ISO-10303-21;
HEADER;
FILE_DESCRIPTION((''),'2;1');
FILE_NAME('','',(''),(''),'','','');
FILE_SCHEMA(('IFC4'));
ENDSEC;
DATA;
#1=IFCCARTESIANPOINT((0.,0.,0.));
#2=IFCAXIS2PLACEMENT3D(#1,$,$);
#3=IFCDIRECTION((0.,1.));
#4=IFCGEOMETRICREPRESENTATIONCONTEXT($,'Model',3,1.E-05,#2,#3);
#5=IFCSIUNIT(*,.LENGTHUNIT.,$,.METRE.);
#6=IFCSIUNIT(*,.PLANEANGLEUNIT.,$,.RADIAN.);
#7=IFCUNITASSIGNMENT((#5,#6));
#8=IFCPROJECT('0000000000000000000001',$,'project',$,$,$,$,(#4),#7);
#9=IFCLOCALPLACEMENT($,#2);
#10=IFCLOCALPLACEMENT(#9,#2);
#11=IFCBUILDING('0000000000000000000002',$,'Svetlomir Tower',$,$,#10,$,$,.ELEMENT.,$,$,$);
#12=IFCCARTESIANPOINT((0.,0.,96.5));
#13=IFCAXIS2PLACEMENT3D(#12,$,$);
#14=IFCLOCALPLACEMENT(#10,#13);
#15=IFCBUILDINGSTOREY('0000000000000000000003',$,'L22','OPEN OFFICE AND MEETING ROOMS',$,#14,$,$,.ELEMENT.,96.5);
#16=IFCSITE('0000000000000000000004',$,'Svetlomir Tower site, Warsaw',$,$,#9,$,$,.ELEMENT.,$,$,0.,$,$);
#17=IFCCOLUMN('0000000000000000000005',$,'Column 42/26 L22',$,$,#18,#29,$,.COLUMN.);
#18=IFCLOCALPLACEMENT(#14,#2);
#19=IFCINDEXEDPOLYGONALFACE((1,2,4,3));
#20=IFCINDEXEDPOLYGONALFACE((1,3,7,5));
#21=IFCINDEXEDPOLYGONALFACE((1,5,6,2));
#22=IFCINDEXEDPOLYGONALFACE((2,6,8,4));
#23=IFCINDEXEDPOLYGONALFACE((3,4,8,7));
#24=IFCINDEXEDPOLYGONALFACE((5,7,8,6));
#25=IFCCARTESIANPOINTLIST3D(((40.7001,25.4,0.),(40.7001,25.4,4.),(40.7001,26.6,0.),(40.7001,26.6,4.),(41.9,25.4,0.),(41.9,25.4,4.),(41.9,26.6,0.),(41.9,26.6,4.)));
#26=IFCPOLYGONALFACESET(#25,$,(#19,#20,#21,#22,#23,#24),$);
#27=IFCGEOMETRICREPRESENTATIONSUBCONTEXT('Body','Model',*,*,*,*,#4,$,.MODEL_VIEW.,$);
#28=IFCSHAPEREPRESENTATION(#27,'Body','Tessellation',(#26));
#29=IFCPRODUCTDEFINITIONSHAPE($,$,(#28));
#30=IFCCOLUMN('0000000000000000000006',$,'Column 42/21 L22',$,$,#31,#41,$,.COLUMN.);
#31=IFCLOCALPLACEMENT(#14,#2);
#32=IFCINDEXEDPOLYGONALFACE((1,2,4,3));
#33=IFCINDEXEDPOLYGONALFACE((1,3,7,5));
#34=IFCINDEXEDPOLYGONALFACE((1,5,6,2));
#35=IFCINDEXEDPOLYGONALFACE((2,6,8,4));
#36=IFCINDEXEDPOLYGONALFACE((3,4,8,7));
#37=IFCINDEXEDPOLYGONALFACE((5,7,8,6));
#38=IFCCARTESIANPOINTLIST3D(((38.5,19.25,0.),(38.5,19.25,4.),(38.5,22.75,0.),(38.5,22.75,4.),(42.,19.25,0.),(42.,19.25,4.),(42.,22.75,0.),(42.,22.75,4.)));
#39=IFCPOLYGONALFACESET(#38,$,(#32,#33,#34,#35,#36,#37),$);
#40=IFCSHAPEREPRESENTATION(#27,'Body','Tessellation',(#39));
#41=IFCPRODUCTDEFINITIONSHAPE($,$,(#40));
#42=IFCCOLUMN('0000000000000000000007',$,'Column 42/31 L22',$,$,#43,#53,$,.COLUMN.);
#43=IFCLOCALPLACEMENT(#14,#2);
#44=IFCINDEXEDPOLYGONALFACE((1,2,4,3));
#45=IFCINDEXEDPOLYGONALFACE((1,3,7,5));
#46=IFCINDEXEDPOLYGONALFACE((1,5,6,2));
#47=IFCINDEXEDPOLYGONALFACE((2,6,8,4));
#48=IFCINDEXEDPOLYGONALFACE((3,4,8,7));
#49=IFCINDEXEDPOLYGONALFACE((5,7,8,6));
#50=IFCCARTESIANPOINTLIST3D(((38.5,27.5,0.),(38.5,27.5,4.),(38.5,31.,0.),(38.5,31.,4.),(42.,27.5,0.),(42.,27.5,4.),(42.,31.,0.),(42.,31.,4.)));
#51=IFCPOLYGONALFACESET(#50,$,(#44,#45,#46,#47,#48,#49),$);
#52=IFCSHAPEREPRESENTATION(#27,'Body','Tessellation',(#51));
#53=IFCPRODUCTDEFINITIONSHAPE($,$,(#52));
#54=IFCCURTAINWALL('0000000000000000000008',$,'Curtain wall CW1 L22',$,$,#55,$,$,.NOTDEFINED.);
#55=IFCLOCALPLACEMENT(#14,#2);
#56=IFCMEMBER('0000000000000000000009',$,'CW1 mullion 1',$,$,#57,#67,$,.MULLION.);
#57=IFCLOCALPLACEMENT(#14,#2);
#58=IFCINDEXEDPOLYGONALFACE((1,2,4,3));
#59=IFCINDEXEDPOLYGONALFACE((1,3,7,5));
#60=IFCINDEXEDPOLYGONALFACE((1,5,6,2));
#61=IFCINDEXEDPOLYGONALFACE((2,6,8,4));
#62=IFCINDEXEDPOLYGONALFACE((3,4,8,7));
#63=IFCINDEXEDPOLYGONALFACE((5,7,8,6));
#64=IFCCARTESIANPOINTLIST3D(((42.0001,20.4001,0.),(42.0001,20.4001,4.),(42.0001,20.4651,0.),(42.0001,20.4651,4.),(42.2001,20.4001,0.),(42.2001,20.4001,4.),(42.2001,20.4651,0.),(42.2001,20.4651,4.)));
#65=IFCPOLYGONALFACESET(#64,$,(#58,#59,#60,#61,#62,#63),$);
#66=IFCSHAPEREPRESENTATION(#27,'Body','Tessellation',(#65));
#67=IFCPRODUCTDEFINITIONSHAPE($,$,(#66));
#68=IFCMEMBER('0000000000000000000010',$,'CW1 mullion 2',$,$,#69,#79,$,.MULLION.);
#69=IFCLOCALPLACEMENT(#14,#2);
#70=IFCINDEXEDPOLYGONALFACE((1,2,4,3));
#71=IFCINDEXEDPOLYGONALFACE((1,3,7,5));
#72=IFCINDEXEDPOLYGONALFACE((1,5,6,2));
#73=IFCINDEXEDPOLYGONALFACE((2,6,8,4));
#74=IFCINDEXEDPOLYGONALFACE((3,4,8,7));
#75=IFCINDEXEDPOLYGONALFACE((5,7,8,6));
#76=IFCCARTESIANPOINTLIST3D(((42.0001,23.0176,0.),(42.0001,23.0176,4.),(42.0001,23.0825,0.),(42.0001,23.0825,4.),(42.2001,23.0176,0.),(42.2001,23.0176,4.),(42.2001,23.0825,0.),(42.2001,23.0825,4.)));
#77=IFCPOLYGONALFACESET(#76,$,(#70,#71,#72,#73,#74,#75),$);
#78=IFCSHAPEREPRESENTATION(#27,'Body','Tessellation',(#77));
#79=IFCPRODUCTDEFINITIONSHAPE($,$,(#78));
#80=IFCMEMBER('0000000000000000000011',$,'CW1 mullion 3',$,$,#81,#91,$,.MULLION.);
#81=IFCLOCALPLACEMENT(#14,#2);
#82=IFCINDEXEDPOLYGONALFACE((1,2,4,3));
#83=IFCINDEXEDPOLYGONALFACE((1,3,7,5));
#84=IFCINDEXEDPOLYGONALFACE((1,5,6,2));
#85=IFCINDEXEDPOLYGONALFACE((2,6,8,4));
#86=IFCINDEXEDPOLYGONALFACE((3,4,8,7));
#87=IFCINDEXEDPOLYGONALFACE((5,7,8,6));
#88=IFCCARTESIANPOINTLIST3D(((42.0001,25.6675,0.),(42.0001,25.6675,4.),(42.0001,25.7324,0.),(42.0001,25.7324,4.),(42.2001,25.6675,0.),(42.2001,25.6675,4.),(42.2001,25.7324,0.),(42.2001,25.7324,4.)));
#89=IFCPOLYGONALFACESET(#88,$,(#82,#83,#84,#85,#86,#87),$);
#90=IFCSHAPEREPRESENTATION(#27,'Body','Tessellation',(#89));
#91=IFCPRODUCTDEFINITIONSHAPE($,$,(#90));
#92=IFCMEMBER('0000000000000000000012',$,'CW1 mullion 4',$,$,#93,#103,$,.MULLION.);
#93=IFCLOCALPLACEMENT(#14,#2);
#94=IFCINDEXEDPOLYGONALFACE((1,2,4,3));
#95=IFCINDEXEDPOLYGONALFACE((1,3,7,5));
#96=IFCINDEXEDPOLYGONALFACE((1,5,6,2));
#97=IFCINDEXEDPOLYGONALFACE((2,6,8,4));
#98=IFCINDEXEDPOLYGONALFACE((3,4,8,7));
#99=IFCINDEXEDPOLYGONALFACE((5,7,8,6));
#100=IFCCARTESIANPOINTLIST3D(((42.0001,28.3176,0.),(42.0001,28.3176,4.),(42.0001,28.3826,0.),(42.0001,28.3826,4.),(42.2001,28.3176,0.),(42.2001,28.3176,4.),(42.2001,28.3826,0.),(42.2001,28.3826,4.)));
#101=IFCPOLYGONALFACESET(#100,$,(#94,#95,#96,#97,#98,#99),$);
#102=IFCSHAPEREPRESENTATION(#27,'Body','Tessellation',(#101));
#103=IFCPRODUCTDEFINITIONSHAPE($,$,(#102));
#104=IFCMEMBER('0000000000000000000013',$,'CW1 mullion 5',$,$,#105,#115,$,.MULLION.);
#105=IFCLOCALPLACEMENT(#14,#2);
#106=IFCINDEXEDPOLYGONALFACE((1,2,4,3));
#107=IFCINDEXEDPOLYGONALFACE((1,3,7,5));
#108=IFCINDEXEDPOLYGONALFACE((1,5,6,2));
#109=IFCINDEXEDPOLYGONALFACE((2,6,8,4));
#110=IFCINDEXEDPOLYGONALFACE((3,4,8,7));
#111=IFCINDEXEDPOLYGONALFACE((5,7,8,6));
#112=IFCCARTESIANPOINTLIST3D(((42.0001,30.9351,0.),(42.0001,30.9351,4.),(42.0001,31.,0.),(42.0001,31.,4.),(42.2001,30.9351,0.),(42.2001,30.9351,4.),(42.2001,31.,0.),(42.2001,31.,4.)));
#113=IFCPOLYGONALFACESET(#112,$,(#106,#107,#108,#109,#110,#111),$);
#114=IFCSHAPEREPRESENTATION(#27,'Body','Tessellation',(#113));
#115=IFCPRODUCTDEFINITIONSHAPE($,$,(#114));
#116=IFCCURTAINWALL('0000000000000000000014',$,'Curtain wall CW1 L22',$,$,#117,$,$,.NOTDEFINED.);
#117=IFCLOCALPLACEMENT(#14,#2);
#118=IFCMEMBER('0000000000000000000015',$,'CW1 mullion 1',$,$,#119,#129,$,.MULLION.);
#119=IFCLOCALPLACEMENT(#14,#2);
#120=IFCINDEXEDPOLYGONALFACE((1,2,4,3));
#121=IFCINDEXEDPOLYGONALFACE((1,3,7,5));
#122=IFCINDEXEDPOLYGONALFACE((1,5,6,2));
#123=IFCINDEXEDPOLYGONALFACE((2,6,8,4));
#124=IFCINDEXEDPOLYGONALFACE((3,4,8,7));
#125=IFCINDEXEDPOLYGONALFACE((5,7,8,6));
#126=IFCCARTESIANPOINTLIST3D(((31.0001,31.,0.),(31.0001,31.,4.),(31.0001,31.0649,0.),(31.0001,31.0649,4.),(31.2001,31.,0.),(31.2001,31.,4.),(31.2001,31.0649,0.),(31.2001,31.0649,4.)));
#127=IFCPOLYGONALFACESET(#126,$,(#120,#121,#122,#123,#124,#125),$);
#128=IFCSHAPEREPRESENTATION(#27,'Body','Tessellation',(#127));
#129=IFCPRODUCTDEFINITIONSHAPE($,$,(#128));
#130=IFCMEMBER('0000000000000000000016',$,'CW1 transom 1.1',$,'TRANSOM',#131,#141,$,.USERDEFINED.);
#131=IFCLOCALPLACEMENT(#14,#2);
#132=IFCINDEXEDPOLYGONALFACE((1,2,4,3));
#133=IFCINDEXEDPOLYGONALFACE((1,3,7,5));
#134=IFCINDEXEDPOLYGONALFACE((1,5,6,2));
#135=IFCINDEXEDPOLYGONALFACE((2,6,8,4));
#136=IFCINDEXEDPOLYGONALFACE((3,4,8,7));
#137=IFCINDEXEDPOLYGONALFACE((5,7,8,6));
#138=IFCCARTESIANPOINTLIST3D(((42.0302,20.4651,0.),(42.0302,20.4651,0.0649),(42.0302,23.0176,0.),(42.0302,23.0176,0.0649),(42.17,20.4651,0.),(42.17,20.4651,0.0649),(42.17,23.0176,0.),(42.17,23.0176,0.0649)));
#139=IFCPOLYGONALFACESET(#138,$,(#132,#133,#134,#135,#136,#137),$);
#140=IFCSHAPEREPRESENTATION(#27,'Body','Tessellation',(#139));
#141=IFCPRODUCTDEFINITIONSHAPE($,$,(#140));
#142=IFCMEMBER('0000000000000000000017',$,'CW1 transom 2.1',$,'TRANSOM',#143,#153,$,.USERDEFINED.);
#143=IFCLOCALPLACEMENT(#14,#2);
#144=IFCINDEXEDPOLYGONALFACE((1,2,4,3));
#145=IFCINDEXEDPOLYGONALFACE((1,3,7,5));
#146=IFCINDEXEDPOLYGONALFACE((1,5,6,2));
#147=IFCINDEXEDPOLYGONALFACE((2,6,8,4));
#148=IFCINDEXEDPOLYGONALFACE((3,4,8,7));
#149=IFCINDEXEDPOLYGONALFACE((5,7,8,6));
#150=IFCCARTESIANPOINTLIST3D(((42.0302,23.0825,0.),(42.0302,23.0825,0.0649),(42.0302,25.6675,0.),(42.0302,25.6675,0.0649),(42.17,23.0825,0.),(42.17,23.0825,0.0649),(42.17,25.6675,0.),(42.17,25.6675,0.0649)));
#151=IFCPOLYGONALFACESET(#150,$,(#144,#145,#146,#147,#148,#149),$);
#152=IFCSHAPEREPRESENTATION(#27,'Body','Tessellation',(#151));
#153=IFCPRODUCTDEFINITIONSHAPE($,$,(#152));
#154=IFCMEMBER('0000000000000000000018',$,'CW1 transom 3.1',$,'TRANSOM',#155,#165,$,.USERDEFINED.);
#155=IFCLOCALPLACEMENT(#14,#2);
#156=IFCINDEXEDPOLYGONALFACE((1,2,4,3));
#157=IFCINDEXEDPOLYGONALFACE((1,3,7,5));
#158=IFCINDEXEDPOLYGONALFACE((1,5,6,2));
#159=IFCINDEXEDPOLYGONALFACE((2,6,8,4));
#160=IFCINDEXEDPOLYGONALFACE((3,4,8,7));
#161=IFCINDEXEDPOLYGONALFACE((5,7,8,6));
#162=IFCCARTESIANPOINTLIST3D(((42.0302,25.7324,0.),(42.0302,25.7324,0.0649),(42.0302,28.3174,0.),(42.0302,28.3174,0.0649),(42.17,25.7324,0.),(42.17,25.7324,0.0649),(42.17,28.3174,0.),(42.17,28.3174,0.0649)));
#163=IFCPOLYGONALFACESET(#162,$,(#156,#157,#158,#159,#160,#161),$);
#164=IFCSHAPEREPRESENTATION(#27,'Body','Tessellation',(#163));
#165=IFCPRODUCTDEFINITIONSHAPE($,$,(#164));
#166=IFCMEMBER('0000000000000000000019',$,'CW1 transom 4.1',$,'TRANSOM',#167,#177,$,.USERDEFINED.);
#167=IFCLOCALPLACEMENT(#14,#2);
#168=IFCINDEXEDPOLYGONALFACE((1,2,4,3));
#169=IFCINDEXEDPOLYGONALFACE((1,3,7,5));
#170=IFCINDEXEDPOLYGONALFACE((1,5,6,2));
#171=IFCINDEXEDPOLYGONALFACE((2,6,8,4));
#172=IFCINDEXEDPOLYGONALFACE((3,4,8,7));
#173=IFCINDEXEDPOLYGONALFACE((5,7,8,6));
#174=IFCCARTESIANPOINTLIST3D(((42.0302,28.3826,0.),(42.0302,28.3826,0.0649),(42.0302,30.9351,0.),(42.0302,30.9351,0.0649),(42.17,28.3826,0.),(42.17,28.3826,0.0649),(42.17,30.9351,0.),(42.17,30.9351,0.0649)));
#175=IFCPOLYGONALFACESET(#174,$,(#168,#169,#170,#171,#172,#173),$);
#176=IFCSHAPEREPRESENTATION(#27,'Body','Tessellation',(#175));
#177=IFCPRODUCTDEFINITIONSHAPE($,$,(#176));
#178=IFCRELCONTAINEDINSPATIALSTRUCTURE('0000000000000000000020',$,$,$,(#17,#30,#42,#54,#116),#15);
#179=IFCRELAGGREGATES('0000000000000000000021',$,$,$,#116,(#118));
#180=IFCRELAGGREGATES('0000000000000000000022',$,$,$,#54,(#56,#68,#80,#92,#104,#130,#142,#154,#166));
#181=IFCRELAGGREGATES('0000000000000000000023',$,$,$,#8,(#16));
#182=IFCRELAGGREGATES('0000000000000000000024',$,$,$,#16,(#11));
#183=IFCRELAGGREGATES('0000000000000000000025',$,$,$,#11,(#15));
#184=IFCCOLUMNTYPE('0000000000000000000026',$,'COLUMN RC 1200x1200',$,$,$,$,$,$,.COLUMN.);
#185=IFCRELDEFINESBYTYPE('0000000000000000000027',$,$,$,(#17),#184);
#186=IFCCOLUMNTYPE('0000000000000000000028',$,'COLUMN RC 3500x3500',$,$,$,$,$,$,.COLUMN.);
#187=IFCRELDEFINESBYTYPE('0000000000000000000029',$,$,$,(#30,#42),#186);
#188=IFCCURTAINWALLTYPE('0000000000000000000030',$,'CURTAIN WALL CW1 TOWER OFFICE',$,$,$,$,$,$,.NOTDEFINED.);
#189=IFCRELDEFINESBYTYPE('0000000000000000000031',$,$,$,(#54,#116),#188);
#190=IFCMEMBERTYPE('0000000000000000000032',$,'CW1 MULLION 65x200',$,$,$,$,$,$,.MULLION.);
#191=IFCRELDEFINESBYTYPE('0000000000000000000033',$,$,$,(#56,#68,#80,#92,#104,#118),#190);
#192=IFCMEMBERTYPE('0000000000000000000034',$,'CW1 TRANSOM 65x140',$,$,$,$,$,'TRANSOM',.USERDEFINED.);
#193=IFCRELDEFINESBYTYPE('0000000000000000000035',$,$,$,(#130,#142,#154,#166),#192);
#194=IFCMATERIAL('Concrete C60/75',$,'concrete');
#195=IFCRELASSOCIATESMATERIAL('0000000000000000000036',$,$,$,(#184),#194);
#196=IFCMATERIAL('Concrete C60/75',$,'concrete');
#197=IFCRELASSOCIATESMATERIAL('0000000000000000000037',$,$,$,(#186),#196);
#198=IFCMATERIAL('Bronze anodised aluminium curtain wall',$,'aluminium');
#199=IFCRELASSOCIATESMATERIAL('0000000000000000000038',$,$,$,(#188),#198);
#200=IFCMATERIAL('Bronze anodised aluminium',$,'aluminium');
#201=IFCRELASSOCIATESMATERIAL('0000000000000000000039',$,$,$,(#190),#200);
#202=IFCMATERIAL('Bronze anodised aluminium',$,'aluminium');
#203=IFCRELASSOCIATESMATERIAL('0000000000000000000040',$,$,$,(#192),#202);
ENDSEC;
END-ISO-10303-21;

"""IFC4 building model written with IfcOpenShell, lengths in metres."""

from ifc_helpers import new_model, si_unit, direction, frame, origin, origin_2d, place, context, subcontext, project, spatial, rectangle, extrude, material, material_profile, profile_set, type_object, element, aggregate, save


model = new_model("IFC4")

# Units and contexts
model_context = context("Model", 3, precision=1e-05, world=origin(), true_north=direction((0.0, 1.0)))
body_context = subcontext(model_context, "Body", "Model", "MODEL_VIEW")
ifc_project = project(units=[si_unit("LENGTHUNIT", "METRE"), si_unit("PLANEANGLEUNIT", "RADIAN")], contexts=[model_context])

# Site, building, storey
site_placement = place(None, origin())
site = spatial("IfcSite", under=ifc_project, at=site_placement, Name="Svetlomir Tower site, Warsaw", CompositionType="ELEMENT", RefElevation=0.0)
building_placement = place(site_placement, origin())
building = spatial("IfcBuilding", under=site, at=building_placement, Name="Svetlomir Tower", CompositionType="ELEMENT")
storey_placement = place(building_placement, frame((0.0, 0.0, 96.5)))
storey = spatial("IfcBuildingStorey", under=building, at=storey_placement, Name="L22", Description="OPEN OFFICE AND MEETING ROOMS", CompositionType="ELEMENT", Elevation=96.5)

# Columns
ifc_material_1 = material(Name="Concrete C60/75", Category="concrete")
ifc_material_profile_1 = material_profile(ifc_material_1, rectangle(XDim=1.2, YDim=1.2, at=origin_2d()), Name="RC 1200x1200")
ifc_profile_set_1 = profile_set([ifc_material_profile_1], Name="Concrete C60/75")
column_type_1 = type_object("IfcColumnType", Name="COLUMN RC 1200x1200", PredefinedType="COLUMN", material=ifc_profile_set_1)
column_placement = place(storey_placement, frame((41.3, 26.0, 0.0), z_axis=(0.0, 0.0, 1.0), x_axis=(1.0, 0.0, 0.0)))
element("IfcColumn", 1, at=column_placement, inside=storey, type_object=column_type_1, Name="Column 42/26 L22", PredefinedType="COLUMN", context=body_context, shape_type="SweptSolid", body=[
    extrude(rectangle(XDim=1.2, YDim=1.2, at=origin_2d()), origin(), (0.0, 0.0, 1.0), 4.0),
])
ifc_material_2 = material(Name="Concrete C60/75", Category="concrete")
ifc_material_profile_2 = material_profile(ifc_material_2, rectangle(XDim=3.5, YDim=3.5, at=origin_2d()), Name="RC 3500x3500")
ifc_profile_set_2 = profile_set([ifc_material_profile_2], Name="Concrete C60/75")
column_type_2 = type_object("IfcColumnType", Name="COLUMN RC 3500x3500", PredefinedType="COLUMN", material=ifc_profile_set_2)
for number, where, z_axis, x_axis, name in (
    (2, (40.25, 21.0, 0.0), (0.0, 0.0, 1.0), (1.0, 0.0, 0.0), "Column 42/21 L22"),
    (3, (40.25, 29.25, 0.0), (0.0, 0.0, 1.0), (1.0, 0.0, 0.0), "Column 42/31 L22"),
):
    element("IfcColumn", number, at=place(storey_placement, frame(where, z_axis=z_axis, x_axis=x_axis)), inside=storey, type_object=column_type_2, Name=name, PredefinedType="COLUMN", context=body_context, shape_type="SweptSolid", body=[
        extrude(rectangle(XDim=3.5, YDim=3.5, at=origin_2d()), origin(), (0.0, 0.0, 1.0), 4.0),
    ])

# Curtain wall, members
ifc_material_3 = material(Name="Bronze anodised aluminium curtain wall", Category="aluminium")
curtain_wall_type = type_object("IfcCurtainWallType", Name="CURTAIN WALL CW1 TOWER OFFICE", PredefinedType="NOTDEFINED", material=ifc_material_3)
curtain_wall_1_placement = place(storey_placement, origin())
curtain_wall_1 = element("IfcCurtainWall", 4, at=curtain_wall_1_placement, inside=storey, type_object=curtain_wall_type, Name="Curtain wall CW1 L22", PredefinedType="NOTDEFINED")
ifc_material_4 = material(Name="Bronze anodised aluminium", Category="aluminium")
ifc_material_profile_3 = material_profile(ifc_material_4, rectangle(XDim=0.0649, YDim=0.2, at=origin_2d()), Name="AL 65x200")
ifc_profile_set_3 = profile_set([ifc_material_profile_3], Name="Bronze anodised aluminium 6063-T6")
member_type_1 = type_object("IfcMemberType", Name="CW1 MULLION 65x200", PredefinedType="MULLION", material=ifc_profile_set_3)
member_1_placement = place(storey_placement, frame((42.1001, 20.4326, 0.0), z_axis=(0.0, 0.0, 1.0), x_axis=(0.0, 1.0, 0.0)))
member_1 = element("IfcMember", 5, at=member_1_placement, type_object=member_type_1, Name="CW1 mullion 1", PredefinedType="MULLION", context=body_context, shape_type="SweptSolid", body=[
    extrude(rectangle(XDim=0.0649, YDim=0.2, at=origin_2d()), origin(), (0.0, 0.0, 1.0), 4.0),
])
member_2_placement = place(storey_placement, frame((42.1001, 23.05, 0.0), z_axis=(0.0, 0.0, 1.0), x_axis=(0.0, 1.0, 0.0)))
member_2 = element("IfcMember", 6, at=member_2_placement, type_object=member_type_1, Name="CW1 mullion 2", PredefinedType="MULLION", context=body_context, shape_type="SweptSolid", body=[
    extrude(rectangle(XDim=0.0649, YDim=0.2, at=origin_2d()), origin(), (0.0, 0.0, 1.0), 4.0),
])
member_3_placement = place(storey_placement, frame((42.1001, 25.7, 0.0), z_axis=(0.0, 0.0, 1.0), x_axis=(0.0, 1.0, 0.0)))
member_3 = element("IfcMember", 7, at=member_3_placement, type_object=member_type_1, Name="CW1 mullion 3", PredefinedType="MULLION", context=body_context, shape_type="SweptSolid", body=[
    extrude(rectangle(XDim=0.0649, YDim=0.2, at=origin_2d()), origin(), (0.0, 0.0, 1.0), 4.0),
])
member_4_placement = place(storey_placement, frame((42.1001, 28.3501, 0.0), z_axis=(0.0, 0.0, 1.0), x_axis=(0.0, 1.0, 0.0)))
member_4 = element("IfcMember", 8, at=member_4_placement, type_object=member_type_1, Name="CW1 mullion 4", PredefinedType="MULLION", context=body_context, shape_type="SweptSolid", body=[
    extrude(rectangle(XDim=0.0649, YDim=0.2, at=origin_2d()), origin(), (0.0, 0.0, 1.0), 4.0),
])
member_5_placement = place(storey_placement, frame((42.1001, 30.9675, 0.0), z_axis=(0.0, 0.0, 1.0), x_axis=(0.0, 1.0, 0.0)))
member_5 = element("IfcMember", 9, at=member_5_placement, type_object=member_type_1, Name="CW1 mullion 5", PredefinedType="MULLION", context=body_context, shape_type="SweptSolid", body=[
    extrude(rectangle(XDim=0.0649, YDim=0.2, at=origin_2d()), origin(), (0.0, 0.0, 1.0), 4.0),
])

# Curtain wall, member
curtain_wall_2_placement = place(storey_placement, origin())
curtain_wall_2 = element("IfcCurtainWall", 10, at=curtain_wall_2_placement, inside=storey, type_object=curtain_wall_type, Name="Curtain wall CW1 L22", PredefinedType="NOTDEFINED")
member_6_placement = place(storey_placement, frame((31.1001, 31.0325, 0.0), z_axis=(0.0, 0.0, 1.0), x_axis=(0.0, 1.0, 0.0)))
member_6 = element("IfcMember", 11, at=member_6_placement, type_object=member_type_1, Name="CW1 mullion 1", PredefinedType="MULLION", context=body_context, shape_type="SweptSolid", body=[
    extrude(rectangle(XDim=0.0649, YDim=0.2, at=origin_2d()), origin(), (0.0, 0.0, 1.0), 4.0),
])
aggregate(curtain_wall_2, [member_6])

# Members
ifc_material_5 = material(Name="Bronze anodised aluminium", Category="aluminium")
ifc_material_profile_4 = material_profile(ifc_material_5, rectangle(XDim=0.1399, YDim=0.0649, at=origin_2d()), Name="AL 140x65")
ifc_profile_set_4 = profile_set([ifc_material_profile_4], Name="Bronze anodised aluminium 6063-T6")
member_type_2 = type_object("IfcMemberType", Name="CW1 TRANSOM 65x140", ElementType="TRANSOM", PredefinedType="USERDEFINED", material=ifc_profile_set_4)
member_7_placement = place(storey_placement, frame((42.1001, 20.4651, 0.0325), z_axis=(0.0, 1.0, 0.0), x_axis=(-1.0, 0.0, 0.0)))
member_7 = element("IfcMember", 12, at=member_7_placement, type_object=member_type_2, Name="CW1 transom 1.1", ObjectType="TRANSOM", PredefinedType="USERDEFINED", context=body_context, shape_type="SweptSolid", body=[
    extrude(rectangle(XDim=0.1399, YDim=0.0649, at=origin_2d()), origin(), (0.0, 0.0, 1.0), 2.5525),
])
member_8_placement = place(storey_placement, frame((42.1001, 23.0825, 0.0325), z_axis=(0.0, 1.0, 0.0), x_axis=(-1.0, 0.0, 0.0)))
member_8 = element("IfcMember", 13, at=member_8_placement, type_object=member_type_2, Name="CW1 transom 2.1", ObjectType="TRANSOM", PredefinedType="USERDEFINED", context=body_context, shape_type="SweptSolid", body=[
    extrude(rectangle(XDim=0.1399, YDim=0.0649, at=origin_2d()), origin(), (0.0, 0.0, 1.0), 2.585),
])
member_9_placement = place(storey_placement, frame((42.1001, 25.7324, 0.0325), z_axis=(0.0, 1.0, 0.0), x_axis=(-1.0, 0.0, 0.0)))
member_9 = element("IfcMember", 14, at=member_9_placement, type_object=member_type_2, Name="CW1 transom 3.1", ObjectType="TRANSOM", PredefinedType="USERDEFINED", context=body_context, shape_type="SweptSolid", body=[
    extrude(rectangle(XDim=0.1399, YDim=0.0649, at=origin_2d()), origin(), (0.0, 0.0, 1.0), 2.585),
])
member_10_placement = place(storey_placement, frame((42.1001, 28.3826, 0.0325), z_axis=(0.0, 1.0, 0.0), x_axis=(-1.0, 0.0, 0.0)))
member_10 = element("IfcMember", 15, at=member_10_placement, type_object=member_type_2, Name="CW1 transom 4.1", ObjectType="TRANSOM", PredefinedType="USERDEFINED", context=body_context, shape_type="SweptSolid", body=[
    extrude(rectangle(XDim=0.1399, YDim=0.0649, at=origin_2d()), origin(), (0.0, 0.0, 1.0), 2.5525),
])

aggregate(curtain_wall_1, [member_1, member_2, member_3, member_4, member_5, member_7, member_8, member_9, member_10])

save(model, "model.ifc")
